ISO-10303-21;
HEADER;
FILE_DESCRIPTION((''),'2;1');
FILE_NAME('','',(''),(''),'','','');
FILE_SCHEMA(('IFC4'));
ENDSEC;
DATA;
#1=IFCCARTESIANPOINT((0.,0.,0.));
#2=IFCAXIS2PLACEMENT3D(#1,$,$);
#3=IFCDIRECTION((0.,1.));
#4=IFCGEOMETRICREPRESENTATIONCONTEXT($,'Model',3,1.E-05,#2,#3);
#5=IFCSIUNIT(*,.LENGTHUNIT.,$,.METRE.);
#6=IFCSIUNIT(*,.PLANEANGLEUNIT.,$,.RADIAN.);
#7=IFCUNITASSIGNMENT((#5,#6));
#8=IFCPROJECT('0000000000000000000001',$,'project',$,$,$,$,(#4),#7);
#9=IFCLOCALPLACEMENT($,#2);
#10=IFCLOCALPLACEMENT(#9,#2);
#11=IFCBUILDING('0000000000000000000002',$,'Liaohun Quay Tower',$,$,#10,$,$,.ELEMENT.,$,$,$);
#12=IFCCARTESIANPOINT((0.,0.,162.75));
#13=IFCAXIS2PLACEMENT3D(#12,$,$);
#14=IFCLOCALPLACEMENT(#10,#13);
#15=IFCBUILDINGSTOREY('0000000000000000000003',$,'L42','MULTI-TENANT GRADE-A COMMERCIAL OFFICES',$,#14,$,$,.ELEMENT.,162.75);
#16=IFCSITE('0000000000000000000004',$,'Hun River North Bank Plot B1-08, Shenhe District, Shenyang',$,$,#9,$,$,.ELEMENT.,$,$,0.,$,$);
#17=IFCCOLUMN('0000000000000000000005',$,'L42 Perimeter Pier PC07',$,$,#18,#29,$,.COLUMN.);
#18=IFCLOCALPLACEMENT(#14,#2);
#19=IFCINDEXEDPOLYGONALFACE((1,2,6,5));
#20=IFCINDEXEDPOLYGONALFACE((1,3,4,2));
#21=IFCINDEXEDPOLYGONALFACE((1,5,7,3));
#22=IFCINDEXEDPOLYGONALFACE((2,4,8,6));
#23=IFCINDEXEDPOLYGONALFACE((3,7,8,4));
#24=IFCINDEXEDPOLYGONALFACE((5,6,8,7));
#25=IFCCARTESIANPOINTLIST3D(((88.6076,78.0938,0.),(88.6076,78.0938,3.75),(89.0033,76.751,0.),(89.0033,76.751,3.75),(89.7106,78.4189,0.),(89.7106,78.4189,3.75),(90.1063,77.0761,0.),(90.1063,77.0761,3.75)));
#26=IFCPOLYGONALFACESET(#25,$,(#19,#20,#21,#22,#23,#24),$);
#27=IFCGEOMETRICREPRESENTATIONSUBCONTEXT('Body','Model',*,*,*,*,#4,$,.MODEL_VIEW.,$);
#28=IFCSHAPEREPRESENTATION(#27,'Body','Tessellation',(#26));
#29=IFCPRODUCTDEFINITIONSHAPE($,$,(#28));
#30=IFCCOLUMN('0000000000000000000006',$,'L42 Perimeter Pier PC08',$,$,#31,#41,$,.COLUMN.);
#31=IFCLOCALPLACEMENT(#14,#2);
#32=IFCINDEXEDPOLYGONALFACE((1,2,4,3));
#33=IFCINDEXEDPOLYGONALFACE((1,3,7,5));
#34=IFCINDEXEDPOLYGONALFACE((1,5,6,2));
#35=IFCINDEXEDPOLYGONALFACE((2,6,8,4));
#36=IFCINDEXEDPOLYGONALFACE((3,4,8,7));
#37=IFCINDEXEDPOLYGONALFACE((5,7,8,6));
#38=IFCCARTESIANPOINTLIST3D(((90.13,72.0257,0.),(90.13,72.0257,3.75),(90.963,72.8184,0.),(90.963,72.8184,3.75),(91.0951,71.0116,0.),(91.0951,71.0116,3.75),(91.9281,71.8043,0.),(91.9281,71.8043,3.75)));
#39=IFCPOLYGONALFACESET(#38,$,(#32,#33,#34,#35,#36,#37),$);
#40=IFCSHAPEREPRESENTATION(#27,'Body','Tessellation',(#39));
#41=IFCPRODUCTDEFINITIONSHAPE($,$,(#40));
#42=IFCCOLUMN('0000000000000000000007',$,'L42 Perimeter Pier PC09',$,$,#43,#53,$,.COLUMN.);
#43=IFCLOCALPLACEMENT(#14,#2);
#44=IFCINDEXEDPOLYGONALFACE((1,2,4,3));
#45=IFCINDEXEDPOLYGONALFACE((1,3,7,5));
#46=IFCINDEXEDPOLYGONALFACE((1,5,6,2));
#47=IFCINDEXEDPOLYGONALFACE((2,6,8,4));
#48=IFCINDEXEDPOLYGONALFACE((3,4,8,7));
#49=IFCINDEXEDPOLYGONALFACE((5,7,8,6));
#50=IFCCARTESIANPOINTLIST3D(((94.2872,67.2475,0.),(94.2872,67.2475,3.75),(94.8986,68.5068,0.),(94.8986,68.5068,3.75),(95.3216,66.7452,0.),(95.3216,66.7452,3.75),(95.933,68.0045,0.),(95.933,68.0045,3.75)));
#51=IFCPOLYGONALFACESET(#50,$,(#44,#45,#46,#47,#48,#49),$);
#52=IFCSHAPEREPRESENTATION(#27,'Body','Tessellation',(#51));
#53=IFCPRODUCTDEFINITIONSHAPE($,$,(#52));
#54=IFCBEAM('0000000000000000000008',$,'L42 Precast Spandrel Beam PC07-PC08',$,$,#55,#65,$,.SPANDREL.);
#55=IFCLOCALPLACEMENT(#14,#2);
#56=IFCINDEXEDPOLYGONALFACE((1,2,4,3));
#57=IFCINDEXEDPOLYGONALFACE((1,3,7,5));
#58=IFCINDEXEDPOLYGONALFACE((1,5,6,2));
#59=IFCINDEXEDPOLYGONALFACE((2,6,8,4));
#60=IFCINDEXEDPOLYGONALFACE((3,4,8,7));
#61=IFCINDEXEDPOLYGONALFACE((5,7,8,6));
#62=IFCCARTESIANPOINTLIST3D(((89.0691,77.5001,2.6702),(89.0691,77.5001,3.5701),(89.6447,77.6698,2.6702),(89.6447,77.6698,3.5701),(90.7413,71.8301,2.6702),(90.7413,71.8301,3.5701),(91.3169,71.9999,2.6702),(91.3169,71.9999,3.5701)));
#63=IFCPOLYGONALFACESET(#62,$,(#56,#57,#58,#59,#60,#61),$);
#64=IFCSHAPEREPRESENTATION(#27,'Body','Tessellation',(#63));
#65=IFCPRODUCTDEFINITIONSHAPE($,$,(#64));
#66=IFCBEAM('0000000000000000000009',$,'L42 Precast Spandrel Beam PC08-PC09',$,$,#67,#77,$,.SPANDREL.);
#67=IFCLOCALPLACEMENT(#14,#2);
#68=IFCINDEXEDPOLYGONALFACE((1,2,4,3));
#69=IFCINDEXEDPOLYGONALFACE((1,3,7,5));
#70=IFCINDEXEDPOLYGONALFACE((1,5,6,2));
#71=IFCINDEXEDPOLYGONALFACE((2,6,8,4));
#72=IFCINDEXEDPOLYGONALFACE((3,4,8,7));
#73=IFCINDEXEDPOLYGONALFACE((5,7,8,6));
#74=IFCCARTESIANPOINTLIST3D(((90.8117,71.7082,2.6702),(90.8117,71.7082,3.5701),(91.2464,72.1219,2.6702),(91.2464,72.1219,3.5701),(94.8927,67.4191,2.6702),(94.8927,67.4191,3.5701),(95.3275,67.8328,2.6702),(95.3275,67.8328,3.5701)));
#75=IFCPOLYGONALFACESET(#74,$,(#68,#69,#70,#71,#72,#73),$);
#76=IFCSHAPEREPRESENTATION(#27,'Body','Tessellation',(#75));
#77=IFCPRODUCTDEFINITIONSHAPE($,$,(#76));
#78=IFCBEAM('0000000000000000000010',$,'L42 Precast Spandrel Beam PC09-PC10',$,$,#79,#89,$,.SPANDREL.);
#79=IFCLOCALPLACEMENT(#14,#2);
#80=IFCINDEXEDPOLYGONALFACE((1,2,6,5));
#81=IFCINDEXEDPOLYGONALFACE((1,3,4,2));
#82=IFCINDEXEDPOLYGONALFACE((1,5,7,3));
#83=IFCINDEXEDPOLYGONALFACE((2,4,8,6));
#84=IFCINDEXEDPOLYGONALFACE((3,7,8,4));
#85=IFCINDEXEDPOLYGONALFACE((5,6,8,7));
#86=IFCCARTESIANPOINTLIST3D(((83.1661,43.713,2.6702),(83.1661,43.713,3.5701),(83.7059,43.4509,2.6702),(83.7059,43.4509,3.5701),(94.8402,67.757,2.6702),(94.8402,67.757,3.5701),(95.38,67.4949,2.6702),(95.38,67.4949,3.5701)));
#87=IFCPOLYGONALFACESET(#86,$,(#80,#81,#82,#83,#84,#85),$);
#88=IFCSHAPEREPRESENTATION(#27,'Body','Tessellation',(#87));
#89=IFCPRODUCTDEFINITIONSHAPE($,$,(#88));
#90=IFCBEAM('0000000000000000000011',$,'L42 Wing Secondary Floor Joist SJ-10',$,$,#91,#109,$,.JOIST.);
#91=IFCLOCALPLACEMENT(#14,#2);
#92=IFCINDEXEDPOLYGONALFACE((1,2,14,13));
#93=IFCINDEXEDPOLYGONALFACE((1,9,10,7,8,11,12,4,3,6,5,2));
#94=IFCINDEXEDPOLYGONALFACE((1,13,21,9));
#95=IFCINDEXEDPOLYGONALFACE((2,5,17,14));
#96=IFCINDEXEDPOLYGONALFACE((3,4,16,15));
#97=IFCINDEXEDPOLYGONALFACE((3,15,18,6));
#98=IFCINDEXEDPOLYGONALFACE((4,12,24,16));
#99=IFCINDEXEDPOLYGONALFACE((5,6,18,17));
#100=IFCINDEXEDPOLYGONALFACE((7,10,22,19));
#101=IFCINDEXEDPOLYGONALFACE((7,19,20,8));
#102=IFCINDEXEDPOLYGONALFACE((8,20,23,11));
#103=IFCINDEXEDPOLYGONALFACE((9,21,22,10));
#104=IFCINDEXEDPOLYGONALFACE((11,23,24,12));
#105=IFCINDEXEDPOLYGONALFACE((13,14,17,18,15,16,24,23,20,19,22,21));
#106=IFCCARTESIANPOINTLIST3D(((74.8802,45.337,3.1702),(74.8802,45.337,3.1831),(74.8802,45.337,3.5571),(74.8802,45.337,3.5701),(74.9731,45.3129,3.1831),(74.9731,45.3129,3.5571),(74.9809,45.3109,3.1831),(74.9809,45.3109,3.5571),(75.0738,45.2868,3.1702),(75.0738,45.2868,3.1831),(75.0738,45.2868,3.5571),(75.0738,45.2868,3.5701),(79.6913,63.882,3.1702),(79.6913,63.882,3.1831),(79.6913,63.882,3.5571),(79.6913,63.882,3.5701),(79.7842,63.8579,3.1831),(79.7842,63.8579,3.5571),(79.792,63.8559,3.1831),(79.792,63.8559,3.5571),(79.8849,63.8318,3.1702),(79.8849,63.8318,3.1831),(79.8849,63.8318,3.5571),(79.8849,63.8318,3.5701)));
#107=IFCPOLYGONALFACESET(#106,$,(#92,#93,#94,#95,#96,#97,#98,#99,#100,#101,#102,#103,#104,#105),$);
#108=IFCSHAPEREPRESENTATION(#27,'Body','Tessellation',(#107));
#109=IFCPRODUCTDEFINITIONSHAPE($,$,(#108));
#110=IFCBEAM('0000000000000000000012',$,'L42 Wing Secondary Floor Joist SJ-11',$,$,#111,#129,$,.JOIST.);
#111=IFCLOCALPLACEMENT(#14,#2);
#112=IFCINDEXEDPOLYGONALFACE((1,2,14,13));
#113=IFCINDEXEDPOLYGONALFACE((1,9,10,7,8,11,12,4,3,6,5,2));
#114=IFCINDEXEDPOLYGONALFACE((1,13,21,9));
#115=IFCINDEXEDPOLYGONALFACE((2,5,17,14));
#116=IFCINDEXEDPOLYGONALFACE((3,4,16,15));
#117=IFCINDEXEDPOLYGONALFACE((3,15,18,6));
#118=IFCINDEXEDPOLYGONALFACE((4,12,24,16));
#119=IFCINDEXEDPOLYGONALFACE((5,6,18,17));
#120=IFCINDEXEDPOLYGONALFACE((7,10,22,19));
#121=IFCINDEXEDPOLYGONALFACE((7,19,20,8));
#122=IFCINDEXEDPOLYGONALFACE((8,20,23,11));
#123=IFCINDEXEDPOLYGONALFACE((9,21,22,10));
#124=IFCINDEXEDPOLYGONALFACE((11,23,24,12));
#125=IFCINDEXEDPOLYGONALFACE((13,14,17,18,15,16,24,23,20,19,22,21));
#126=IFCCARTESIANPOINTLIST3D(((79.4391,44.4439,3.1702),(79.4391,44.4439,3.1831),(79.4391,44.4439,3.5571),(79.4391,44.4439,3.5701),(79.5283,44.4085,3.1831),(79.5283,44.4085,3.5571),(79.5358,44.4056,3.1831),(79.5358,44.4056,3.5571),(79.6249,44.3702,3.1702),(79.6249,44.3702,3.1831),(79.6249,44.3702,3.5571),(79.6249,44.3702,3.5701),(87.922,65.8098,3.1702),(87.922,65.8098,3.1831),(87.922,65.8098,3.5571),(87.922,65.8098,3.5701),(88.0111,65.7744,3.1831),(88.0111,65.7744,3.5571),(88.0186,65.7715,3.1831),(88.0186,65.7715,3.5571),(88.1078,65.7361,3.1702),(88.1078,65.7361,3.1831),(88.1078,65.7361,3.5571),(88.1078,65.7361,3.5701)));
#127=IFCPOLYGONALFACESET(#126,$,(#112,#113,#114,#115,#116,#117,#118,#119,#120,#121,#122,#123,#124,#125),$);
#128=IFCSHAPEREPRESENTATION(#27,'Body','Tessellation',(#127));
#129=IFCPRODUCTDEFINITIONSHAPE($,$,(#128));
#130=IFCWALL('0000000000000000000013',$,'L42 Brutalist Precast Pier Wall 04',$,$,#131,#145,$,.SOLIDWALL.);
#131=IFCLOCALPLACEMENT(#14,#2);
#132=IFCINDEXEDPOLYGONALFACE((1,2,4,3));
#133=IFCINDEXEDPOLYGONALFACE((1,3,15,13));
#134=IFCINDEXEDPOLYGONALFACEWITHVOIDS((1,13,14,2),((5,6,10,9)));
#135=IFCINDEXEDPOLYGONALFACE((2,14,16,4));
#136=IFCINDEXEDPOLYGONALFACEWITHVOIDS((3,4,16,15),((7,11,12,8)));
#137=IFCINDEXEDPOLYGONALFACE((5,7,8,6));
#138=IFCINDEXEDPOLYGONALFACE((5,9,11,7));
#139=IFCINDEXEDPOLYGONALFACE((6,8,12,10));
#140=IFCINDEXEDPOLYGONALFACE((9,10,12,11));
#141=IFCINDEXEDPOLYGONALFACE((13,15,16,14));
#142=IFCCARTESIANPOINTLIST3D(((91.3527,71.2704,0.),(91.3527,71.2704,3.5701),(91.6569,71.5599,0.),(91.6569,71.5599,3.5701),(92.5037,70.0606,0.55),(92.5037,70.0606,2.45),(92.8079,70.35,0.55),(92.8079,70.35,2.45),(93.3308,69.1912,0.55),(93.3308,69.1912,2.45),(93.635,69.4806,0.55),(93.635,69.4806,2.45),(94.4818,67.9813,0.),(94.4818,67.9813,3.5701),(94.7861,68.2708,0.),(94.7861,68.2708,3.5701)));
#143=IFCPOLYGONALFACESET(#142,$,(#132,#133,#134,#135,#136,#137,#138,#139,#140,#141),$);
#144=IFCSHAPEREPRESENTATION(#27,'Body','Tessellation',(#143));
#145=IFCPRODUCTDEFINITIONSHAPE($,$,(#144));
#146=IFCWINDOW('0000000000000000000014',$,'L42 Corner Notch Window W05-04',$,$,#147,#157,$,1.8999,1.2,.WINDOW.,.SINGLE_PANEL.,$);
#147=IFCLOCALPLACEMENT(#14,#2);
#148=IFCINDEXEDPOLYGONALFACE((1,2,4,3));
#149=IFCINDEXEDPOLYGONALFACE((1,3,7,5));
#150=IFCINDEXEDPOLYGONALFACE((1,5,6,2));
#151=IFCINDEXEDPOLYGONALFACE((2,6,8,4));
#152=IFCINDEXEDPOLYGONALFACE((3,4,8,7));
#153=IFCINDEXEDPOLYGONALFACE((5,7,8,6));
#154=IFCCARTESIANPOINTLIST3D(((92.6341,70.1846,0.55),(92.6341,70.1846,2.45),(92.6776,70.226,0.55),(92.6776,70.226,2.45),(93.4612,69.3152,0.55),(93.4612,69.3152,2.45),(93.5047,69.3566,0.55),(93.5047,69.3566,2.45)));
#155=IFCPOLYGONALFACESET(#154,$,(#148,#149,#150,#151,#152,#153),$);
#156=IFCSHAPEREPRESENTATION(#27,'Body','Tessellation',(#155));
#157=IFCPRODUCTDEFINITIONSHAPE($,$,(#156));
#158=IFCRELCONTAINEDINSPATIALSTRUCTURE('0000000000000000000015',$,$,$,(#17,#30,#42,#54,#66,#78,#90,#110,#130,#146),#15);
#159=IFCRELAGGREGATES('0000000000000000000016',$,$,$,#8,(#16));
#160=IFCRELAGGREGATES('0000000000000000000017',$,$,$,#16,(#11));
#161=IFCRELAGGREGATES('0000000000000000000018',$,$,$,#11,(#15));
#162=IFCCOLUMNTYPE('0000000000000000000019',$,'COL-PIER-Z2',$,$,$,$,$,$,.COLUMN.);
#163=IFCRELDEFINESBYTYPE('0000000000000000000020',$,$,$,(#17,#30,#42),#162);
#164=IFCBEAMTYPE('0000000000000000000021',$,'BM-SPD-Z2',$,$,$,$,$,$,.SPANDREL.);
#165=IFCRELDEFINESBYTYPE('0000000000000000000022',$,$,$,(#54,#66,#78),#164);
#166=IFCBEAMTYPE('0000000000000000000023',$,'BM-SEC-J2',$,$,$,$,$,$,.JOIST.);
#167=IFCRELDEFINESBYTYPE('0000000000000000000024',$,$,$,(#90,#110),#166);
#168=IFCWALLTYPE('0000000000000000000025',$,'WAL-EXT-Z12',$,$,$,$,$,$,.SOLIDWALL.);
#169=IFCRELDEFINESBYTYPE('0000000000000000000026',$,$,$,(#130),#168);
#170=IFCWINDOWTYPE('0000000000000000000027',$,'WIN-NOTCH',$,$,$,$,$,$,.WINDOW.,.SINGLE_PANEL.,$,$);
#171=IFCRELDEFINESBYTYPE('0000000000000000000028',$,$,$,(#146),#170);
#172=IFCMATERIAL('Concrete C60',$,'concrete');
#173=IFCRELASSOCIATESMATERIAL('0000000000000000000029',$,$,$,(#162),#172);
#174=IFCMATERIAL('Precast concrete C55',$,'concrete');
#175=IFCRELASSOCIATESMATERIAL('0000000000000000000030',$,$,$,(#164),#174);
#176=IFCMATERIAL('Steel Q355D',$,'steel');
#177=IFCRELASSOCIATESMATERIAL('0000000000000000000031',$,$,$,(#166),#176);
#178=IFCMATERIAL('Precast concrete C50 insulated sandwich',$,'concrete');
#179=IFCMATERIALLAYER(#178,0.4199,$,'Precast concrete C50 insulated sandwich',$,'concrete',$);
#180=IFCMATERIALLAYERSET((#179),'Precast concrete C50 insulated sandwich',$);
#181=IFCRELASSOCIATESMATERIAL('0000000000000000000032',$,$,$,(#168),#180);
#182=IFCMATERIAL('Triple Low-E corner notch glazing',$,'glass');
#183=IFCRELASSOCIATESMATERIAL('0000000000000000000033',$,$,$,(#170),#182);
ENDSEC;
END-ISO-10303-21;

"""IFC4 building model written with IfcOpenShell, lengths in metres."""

from ifc_helpers import new_model, si_unit, direction, frame, frame_2d, origin, origin_2d, place, context, subcontext, project, spatial, rectangle, i_section, extrude, source, transform, mapped, material, layer, layer_set, material_profile, profile_set, type_object, element, fill, save


model = new_model("IFC4")

# Units and contexts
model_context = context("Model", 3, precision=1e-05, world=origin(), true_north=direction((0.0, 1.0)))
body_context = subcontext(model_context, "Body", "Model", "MODEL_VIEW")
ifc_project = project(units=[si_unit("LENGTHUNIT", "METRE"), si_unit("PLANEANGLEUNIT", "RADIAN")], contexts=[model_context])

# Site, building, storey
site_placement = place(None, origin())
site = spatial("IfcSite", under=ifc_project, at=site_placement, Name="Hun River North Bank Plot B1-08, Shenhe District, Shenyang", CompositionType="ELEMENT", RefElevation=0.0)
building_placement = place(site_placement, origin())
building = spatial("IfcBuilding", under=site, at=building_placement, Name="Liaohun Quay Tower", CompositionType="ELEMENT")
storey_placement = place(building_placement, frame((0.0, 0.0, 162.75)))
storey = spatial("IfcBuildingStorey", under=building, at=storey_placement, Name="L42", Description="MULTI-TENANT GRADE-A COMMERCIAL OFFICES", CompositionType="ELEMENT", Elevation=162.75)

# Columns
ifc_material_1 = material(Name="Concrete C60", Category="concrete")
ifc_material_profile_1 = material_profile(ifc_material_1, rectangle(XDim=1.3999, YDim=1.1499, at=origin_2d()), Name="RC1400x1150")
ifc_profile_set_1 = profile_set([ifc_material_profile_1], Name="Concrete C60")
column_type = type_object("IfcColumnType", Name="COL-PIER-Z2", PredefinedType="COLUMN", material=ifc_profile_set_1)
shared_shape_1 = source(origin(), body_context, "Body", "SweptSolid", [
    extrude(rectangle(XDim=1.3999, YDim=1.1499, at=origin_2d()), origin(), (0.0, 0.0, 1.0), 3.75),
])
for number, where, z_axis, x_axis, name in (
    (1, (89.3569, 77.585, 0.0), (0.0, 0.0, 1.0), (-0.282676, 0.959215, 0.0), "L42 Perimeter Pier PC07"),
    (2, (91.0291, 71.915, 0.0), (0.0, 0.0, 1.0), (-0.689367, 0.724413, 0.0), "L42 Perimeter Pier PC08"),
    (3, (95.1101, 67.626, 0.0), (0.0, 0.0, 1.0), (0.436802, 0.899558, 0.0), "L42 Perimeter Pier PC09"),
):
    element("IfcColumn", number, at=place(storey_placement, frame(where, z_axis=z_axis, x_axis=x_axis)), inside=storey, type_object=column_type, Name=name, PredefinedType="COLUMN", context=body_context, shape_type="MappedRepresentation", body=[
        mapped(shared_shape_1, transform((0.0, 0.0, 0.0), x_axis=(1.0, 0.0, 0.0), y_axis=(0.0, 1.0, 0.0), z_axis=(0.0, 0.0, 1.0), scale=1.0)),
    ])

# Beams
ifc_material_2 = material(Name="Precast concrete C55", Category="concrete")
ifc_material_profile_2 = material_profile(ifc_material_2, rectangle(XDim=0.6001, YDim=0.8999, at=origin_2d()), Name="RC600x900")
ifc_profile_set_2 = profile_set([ifc_material_profile_2], Name="Precast concrete C55")
beam_type_1 = type_object("IfcBeamType", Name="BM-SPD-Z2", PredefinedType="SPANDREL", material=ifc_profile_set_2)
shared_shape_2 = source(origin(), body_context, "Body", "SweptSolid", [
    extrude(rectangle(XDim=0.6001, YDim=0.8999, at=origin_2d()), origin(), (0.0, 0.0, 1.0), 5.9114),
])
beam_1_placement = place(storey_placement, frame((89.3569, 77.585, 3.1201), z_axis=(0.282866, -0.959159, 0.0), x_axis=(0.959159, 0.282866, 0.0)))
element("IfcBeam", 4, at=beam_1_placement, inside=storey, type_object=beam_type_1, Name="L42 Precast Spandrel Beam PC07-PC08", PredefinedType="SPANDREL", context=body_context, shape_type="MappedRepresentation", body=[
    mapped(shared_shape_2, transform((0.0, 0.0, 0.0), x_axis=(1.0, 0.0, 0.0), y_axis=(0.0, 1.0, 0.0), z_axis=(0.0, 0.0, 1.0), scale=1.0)),
])
shared_shape_3 = source(origin(), body_context, "Body", "SweptSolid", [
    extrude(rectangle(XDim=0.6001, YDim=0.8999, at=origin_2d()), origin(), (0.0, 0.0, 1.0), 5.9204),
])
beam_2_placement = place(storey_placement, frame((91.0291, 71.915, 3.1201), z_axis=(0.689321, -0.724456, 0.0), x_axis=(0.724456, 0.689321, 0.0)))
element("IfcBeam", 5, at=beam_2_placement, inside=storey, type_object=beam_type_1, Name="L42 Precast Spandrel Beam PC08-PC09", PredefinedType="SPANDREL", context=body_context, shape_type="MappedRepresentation", body=[
    mapped(shared_shape_3, transform((0.0, 0.0, 0.0), x_axis=(1.0, 0.0, 0.0), y_axis=(0.0, 1.0, 0.0), z_axis=(0.0, 0.0, 1.0), scale=1.0)),
])
shared_shape_4 = source(origin(), body_context, "Body", "SweptSolid", [
    extrude(rectangle(XDim=0.6001, YDim=0.8999, at=origin_2d()), origin(), (0.0, 0.0, 1.0), 26.7283),
])
beam_3_placement = place(storey_placement, frame((95.1101, 67.626, 3.1201), z_axis=(-0.43677, -0.899573, 0.0), x_axis=(0.899573, -0.43677, 0.0)))
element("IfcBeam", 6, at=beam_3_placement, inside=storey, type_object=beam_type_1, Name="L42 Precast Spandrel Beam PC09-PC10", PredefinedType="SPANDREL", context=body_context, shape_type="MappedRepresentation", body=[
    mapped(shared_shape_4, transform((0.0, 0.0, 0.0), x_axis=(1.0, 0.0, 0.0), y_axis=(0.0, 1.0, 0.0), z_axis=(0.0, 0.0, 1.0), scale=1.0)),
])
ifc_material_3 = material(Name="Steel Q355D", Category="steel")
ifc_material_profile_3 = material_profile(ifc_material_3, i_section(OverallWidth=0.2, OverallDepth=0.3999, WebThickness=0.0081, FlangeThickness=0.0129, at=origin_2d()), Name="HN400x200x8x13")
ifc_profile_set_3 = profile_set([ifc_material_profile_3], Name="Steel Q355D")
beam_type_2 = type_object("IfcBeamType", Name="BM-SEC-J2", PredefinedType="JOIST", material=ifc_profile_set_3)
shared_shape_5 = source(origin(), body_context, "Body", "SweptSolid", [
    extrude(i_section(OverallWidth=0.2, OverallDepth=0.3999, WebThickness=0.0081, FlangeThickness=0.0129, at=origin_2d()), origin(), (0.0, 0.0, 1.0), 19.1589),
])
beam_4_placement = place(storey_placement, frame((79.7881, 63.8569, 3.3701), z_axis=(-0.251113, -0.967958, 0.0), x_axis=(0.967958, -0.251113, 0.0)))
element("IfcBeam", 7, at=beam_4_placement, inside=storey, type_object=beam_type_2, Name="L42 Wing Secondary Floor Joist SJ-10", PredefinedType="JOIST", context=body_context, shape_type="MappedRepresentation", body=[
    mapped(shared_shape_5, transform((0.0, 0.0, 0.0), x_axis=(1.0, 0.0, 0.0), y_axis=(0.0, 1.0, 0.0), z_axis=(0.0, 0.0, 1.0), scale=1.0)),
])
shared_shape_6 = source(origin(), body_context, "Body", "SweptSolid", [
    extrude(i_section(OverallWidth=0.2, OverallDepth=0.3999, WebThickness=0.0081, FlangeThickness=0.0129, at=origin_2d()), origin(), (0.0, 0.0, 1.0), 22.9883),
])
beam_5_placement = place(storey_placement, frame((88.0149, 65.7729, 3.3701), z_axis=(-0.369009, -0.929426, 0.0), x_axis=(0.929426, -0.369009, 0.0)))
element("IfcBeam", 8, at=beam_5_placement, inside=storey, type_object=beam_type_2, Name="L42 Wing Secondary Floor Joist SJ-11", PredefinedType="JOIST", context=body_context, shape_type="MappedRepresentation", body=[
    mapped(shared_shape_6, transform((0.0, 0.0, 0.0), x_axis=(1.0, 0.0, 0.0), y_axis=(0.0, 1.0, 0.0), z_axis=(0.0, 0.0, 1.0), scale=1.0)),
])

# Wall, opening, window
ifc_material_4 = material(Name="Precast concrete C50 insulated sandwich", Category="concrete")
ifc_layer_1 = layer(ifc_material_4, 0.4199, Name="Precast concrete C50 insulated sandwich", Category="concrete")
ifc_layer_set_1 = layer_set([ifc_layer_1], Name="Precast concrete C50 insulated sandwich")
wall_type_1 = type_object("IfcWallType", Name="WAL-EXT-Z12", PredefinedType="SOLIDWALL", material=ifc_layer_set_1)
wall_1_placement = place(storey_placement, frame((94.634, 68.126, 0.0), z_axis=(0.0, 0.0, 1.0), x_axis=(-0.689275, 0.7245, 0.0)))
wall_1 = element("IfcWall", 9, at=wall_1_placement, inside=storey, type_object=wall_type_1, Name="L42 Brutalist Precast Pier Wall 04", PredefinedType="SOLIDWALL", context=body_context, shape_type="SweptSolid", body=[
    extrude(rectangle(XDim=4.5398, YDim=0.4199, at=frame_2d((2.27, 0.0))), origin(), (0.0, 0.0, 1.0), 3.5701),
])
shared_shape_7 = source(origin(), body_context, "Body", "SweptSolid", [
    extrude(rectangle(XDim=1.2, YDim=1.8999, at=frame_2d((0.6001, 0.95))), frame((0.0, 0.22, 0.0), z_axis=(0.0, -1.0, 0.0), x_axis=(1.0, 0.0, 0.0)), (0.0, 0.0, 1.0), 0.4399),
])
opening_1_placement = place(wall_1_placement, frame((1.6699, 0.0, 0.55)))
opening_1 = element("IfcOpeningElement", 10, at=opening_1_placement, cuts=wall_1, PredefinedType="OPENING", context=body_context, shape_type="MappedRepresentation", body=[
    mapped(shared_shape_7, transform((0.0, 0.0, 0.0), x_axis=(1.0, 0.0, 0.0), y_axis=(0.0, 1.0, 0.0), z_axis=(0.0, 0.0, 1.0), scale=1.0)),
])
ifc_material_5 = material(Name="Triple Low-E corner notch glazing", Category="glass")
window_type_1 = type_object("IfcWindowType", Name="WIN-NOTCH", PartitioningType="SINGLE_PANEL", PredefinedType="WINDOW", material=ifc_material_5)
shared_shape_8 = source(origin(), body_context, "Body", "SweptSolid", [
    extrude(rectangle(XDim=1.2, YDim=1.8999, at=frame_2d((0.6001, 0.95))), frame((0.0, 0.03, 0.0), z_axis=(0.0, -1.0, 0.0), x_axis=(1.0, 0.0, 0.0)), (0.0, 0.0, 1.0), 0.0601),
])
window_1_placement = place(opening_1_placement, origin())
window_1 = element("IfcWindow", 11, at=window_1_placement, inside=storey, type_object=window_type_1, Name="L42 Corner Notch Window W05-04", OverallHeight=1.8999, OverallWidth=1.2, PartitioningType="SINGLE_PANEL", PredefinedType="WINDOW", context=body_context, shape_type="MappedRepresentation", body=[
    mapped(shared_shape_8, transform((0.0, 0.0, 0.0), x_axis=(1.0, 0.0, 0.0), y_axis=(0.0, 1.0, 0.0), z_axis=(0.0, 0.0, 1.0), scale=1.0)),
])
fill(opening_1, window_1)

save(model, "model.ifc")
